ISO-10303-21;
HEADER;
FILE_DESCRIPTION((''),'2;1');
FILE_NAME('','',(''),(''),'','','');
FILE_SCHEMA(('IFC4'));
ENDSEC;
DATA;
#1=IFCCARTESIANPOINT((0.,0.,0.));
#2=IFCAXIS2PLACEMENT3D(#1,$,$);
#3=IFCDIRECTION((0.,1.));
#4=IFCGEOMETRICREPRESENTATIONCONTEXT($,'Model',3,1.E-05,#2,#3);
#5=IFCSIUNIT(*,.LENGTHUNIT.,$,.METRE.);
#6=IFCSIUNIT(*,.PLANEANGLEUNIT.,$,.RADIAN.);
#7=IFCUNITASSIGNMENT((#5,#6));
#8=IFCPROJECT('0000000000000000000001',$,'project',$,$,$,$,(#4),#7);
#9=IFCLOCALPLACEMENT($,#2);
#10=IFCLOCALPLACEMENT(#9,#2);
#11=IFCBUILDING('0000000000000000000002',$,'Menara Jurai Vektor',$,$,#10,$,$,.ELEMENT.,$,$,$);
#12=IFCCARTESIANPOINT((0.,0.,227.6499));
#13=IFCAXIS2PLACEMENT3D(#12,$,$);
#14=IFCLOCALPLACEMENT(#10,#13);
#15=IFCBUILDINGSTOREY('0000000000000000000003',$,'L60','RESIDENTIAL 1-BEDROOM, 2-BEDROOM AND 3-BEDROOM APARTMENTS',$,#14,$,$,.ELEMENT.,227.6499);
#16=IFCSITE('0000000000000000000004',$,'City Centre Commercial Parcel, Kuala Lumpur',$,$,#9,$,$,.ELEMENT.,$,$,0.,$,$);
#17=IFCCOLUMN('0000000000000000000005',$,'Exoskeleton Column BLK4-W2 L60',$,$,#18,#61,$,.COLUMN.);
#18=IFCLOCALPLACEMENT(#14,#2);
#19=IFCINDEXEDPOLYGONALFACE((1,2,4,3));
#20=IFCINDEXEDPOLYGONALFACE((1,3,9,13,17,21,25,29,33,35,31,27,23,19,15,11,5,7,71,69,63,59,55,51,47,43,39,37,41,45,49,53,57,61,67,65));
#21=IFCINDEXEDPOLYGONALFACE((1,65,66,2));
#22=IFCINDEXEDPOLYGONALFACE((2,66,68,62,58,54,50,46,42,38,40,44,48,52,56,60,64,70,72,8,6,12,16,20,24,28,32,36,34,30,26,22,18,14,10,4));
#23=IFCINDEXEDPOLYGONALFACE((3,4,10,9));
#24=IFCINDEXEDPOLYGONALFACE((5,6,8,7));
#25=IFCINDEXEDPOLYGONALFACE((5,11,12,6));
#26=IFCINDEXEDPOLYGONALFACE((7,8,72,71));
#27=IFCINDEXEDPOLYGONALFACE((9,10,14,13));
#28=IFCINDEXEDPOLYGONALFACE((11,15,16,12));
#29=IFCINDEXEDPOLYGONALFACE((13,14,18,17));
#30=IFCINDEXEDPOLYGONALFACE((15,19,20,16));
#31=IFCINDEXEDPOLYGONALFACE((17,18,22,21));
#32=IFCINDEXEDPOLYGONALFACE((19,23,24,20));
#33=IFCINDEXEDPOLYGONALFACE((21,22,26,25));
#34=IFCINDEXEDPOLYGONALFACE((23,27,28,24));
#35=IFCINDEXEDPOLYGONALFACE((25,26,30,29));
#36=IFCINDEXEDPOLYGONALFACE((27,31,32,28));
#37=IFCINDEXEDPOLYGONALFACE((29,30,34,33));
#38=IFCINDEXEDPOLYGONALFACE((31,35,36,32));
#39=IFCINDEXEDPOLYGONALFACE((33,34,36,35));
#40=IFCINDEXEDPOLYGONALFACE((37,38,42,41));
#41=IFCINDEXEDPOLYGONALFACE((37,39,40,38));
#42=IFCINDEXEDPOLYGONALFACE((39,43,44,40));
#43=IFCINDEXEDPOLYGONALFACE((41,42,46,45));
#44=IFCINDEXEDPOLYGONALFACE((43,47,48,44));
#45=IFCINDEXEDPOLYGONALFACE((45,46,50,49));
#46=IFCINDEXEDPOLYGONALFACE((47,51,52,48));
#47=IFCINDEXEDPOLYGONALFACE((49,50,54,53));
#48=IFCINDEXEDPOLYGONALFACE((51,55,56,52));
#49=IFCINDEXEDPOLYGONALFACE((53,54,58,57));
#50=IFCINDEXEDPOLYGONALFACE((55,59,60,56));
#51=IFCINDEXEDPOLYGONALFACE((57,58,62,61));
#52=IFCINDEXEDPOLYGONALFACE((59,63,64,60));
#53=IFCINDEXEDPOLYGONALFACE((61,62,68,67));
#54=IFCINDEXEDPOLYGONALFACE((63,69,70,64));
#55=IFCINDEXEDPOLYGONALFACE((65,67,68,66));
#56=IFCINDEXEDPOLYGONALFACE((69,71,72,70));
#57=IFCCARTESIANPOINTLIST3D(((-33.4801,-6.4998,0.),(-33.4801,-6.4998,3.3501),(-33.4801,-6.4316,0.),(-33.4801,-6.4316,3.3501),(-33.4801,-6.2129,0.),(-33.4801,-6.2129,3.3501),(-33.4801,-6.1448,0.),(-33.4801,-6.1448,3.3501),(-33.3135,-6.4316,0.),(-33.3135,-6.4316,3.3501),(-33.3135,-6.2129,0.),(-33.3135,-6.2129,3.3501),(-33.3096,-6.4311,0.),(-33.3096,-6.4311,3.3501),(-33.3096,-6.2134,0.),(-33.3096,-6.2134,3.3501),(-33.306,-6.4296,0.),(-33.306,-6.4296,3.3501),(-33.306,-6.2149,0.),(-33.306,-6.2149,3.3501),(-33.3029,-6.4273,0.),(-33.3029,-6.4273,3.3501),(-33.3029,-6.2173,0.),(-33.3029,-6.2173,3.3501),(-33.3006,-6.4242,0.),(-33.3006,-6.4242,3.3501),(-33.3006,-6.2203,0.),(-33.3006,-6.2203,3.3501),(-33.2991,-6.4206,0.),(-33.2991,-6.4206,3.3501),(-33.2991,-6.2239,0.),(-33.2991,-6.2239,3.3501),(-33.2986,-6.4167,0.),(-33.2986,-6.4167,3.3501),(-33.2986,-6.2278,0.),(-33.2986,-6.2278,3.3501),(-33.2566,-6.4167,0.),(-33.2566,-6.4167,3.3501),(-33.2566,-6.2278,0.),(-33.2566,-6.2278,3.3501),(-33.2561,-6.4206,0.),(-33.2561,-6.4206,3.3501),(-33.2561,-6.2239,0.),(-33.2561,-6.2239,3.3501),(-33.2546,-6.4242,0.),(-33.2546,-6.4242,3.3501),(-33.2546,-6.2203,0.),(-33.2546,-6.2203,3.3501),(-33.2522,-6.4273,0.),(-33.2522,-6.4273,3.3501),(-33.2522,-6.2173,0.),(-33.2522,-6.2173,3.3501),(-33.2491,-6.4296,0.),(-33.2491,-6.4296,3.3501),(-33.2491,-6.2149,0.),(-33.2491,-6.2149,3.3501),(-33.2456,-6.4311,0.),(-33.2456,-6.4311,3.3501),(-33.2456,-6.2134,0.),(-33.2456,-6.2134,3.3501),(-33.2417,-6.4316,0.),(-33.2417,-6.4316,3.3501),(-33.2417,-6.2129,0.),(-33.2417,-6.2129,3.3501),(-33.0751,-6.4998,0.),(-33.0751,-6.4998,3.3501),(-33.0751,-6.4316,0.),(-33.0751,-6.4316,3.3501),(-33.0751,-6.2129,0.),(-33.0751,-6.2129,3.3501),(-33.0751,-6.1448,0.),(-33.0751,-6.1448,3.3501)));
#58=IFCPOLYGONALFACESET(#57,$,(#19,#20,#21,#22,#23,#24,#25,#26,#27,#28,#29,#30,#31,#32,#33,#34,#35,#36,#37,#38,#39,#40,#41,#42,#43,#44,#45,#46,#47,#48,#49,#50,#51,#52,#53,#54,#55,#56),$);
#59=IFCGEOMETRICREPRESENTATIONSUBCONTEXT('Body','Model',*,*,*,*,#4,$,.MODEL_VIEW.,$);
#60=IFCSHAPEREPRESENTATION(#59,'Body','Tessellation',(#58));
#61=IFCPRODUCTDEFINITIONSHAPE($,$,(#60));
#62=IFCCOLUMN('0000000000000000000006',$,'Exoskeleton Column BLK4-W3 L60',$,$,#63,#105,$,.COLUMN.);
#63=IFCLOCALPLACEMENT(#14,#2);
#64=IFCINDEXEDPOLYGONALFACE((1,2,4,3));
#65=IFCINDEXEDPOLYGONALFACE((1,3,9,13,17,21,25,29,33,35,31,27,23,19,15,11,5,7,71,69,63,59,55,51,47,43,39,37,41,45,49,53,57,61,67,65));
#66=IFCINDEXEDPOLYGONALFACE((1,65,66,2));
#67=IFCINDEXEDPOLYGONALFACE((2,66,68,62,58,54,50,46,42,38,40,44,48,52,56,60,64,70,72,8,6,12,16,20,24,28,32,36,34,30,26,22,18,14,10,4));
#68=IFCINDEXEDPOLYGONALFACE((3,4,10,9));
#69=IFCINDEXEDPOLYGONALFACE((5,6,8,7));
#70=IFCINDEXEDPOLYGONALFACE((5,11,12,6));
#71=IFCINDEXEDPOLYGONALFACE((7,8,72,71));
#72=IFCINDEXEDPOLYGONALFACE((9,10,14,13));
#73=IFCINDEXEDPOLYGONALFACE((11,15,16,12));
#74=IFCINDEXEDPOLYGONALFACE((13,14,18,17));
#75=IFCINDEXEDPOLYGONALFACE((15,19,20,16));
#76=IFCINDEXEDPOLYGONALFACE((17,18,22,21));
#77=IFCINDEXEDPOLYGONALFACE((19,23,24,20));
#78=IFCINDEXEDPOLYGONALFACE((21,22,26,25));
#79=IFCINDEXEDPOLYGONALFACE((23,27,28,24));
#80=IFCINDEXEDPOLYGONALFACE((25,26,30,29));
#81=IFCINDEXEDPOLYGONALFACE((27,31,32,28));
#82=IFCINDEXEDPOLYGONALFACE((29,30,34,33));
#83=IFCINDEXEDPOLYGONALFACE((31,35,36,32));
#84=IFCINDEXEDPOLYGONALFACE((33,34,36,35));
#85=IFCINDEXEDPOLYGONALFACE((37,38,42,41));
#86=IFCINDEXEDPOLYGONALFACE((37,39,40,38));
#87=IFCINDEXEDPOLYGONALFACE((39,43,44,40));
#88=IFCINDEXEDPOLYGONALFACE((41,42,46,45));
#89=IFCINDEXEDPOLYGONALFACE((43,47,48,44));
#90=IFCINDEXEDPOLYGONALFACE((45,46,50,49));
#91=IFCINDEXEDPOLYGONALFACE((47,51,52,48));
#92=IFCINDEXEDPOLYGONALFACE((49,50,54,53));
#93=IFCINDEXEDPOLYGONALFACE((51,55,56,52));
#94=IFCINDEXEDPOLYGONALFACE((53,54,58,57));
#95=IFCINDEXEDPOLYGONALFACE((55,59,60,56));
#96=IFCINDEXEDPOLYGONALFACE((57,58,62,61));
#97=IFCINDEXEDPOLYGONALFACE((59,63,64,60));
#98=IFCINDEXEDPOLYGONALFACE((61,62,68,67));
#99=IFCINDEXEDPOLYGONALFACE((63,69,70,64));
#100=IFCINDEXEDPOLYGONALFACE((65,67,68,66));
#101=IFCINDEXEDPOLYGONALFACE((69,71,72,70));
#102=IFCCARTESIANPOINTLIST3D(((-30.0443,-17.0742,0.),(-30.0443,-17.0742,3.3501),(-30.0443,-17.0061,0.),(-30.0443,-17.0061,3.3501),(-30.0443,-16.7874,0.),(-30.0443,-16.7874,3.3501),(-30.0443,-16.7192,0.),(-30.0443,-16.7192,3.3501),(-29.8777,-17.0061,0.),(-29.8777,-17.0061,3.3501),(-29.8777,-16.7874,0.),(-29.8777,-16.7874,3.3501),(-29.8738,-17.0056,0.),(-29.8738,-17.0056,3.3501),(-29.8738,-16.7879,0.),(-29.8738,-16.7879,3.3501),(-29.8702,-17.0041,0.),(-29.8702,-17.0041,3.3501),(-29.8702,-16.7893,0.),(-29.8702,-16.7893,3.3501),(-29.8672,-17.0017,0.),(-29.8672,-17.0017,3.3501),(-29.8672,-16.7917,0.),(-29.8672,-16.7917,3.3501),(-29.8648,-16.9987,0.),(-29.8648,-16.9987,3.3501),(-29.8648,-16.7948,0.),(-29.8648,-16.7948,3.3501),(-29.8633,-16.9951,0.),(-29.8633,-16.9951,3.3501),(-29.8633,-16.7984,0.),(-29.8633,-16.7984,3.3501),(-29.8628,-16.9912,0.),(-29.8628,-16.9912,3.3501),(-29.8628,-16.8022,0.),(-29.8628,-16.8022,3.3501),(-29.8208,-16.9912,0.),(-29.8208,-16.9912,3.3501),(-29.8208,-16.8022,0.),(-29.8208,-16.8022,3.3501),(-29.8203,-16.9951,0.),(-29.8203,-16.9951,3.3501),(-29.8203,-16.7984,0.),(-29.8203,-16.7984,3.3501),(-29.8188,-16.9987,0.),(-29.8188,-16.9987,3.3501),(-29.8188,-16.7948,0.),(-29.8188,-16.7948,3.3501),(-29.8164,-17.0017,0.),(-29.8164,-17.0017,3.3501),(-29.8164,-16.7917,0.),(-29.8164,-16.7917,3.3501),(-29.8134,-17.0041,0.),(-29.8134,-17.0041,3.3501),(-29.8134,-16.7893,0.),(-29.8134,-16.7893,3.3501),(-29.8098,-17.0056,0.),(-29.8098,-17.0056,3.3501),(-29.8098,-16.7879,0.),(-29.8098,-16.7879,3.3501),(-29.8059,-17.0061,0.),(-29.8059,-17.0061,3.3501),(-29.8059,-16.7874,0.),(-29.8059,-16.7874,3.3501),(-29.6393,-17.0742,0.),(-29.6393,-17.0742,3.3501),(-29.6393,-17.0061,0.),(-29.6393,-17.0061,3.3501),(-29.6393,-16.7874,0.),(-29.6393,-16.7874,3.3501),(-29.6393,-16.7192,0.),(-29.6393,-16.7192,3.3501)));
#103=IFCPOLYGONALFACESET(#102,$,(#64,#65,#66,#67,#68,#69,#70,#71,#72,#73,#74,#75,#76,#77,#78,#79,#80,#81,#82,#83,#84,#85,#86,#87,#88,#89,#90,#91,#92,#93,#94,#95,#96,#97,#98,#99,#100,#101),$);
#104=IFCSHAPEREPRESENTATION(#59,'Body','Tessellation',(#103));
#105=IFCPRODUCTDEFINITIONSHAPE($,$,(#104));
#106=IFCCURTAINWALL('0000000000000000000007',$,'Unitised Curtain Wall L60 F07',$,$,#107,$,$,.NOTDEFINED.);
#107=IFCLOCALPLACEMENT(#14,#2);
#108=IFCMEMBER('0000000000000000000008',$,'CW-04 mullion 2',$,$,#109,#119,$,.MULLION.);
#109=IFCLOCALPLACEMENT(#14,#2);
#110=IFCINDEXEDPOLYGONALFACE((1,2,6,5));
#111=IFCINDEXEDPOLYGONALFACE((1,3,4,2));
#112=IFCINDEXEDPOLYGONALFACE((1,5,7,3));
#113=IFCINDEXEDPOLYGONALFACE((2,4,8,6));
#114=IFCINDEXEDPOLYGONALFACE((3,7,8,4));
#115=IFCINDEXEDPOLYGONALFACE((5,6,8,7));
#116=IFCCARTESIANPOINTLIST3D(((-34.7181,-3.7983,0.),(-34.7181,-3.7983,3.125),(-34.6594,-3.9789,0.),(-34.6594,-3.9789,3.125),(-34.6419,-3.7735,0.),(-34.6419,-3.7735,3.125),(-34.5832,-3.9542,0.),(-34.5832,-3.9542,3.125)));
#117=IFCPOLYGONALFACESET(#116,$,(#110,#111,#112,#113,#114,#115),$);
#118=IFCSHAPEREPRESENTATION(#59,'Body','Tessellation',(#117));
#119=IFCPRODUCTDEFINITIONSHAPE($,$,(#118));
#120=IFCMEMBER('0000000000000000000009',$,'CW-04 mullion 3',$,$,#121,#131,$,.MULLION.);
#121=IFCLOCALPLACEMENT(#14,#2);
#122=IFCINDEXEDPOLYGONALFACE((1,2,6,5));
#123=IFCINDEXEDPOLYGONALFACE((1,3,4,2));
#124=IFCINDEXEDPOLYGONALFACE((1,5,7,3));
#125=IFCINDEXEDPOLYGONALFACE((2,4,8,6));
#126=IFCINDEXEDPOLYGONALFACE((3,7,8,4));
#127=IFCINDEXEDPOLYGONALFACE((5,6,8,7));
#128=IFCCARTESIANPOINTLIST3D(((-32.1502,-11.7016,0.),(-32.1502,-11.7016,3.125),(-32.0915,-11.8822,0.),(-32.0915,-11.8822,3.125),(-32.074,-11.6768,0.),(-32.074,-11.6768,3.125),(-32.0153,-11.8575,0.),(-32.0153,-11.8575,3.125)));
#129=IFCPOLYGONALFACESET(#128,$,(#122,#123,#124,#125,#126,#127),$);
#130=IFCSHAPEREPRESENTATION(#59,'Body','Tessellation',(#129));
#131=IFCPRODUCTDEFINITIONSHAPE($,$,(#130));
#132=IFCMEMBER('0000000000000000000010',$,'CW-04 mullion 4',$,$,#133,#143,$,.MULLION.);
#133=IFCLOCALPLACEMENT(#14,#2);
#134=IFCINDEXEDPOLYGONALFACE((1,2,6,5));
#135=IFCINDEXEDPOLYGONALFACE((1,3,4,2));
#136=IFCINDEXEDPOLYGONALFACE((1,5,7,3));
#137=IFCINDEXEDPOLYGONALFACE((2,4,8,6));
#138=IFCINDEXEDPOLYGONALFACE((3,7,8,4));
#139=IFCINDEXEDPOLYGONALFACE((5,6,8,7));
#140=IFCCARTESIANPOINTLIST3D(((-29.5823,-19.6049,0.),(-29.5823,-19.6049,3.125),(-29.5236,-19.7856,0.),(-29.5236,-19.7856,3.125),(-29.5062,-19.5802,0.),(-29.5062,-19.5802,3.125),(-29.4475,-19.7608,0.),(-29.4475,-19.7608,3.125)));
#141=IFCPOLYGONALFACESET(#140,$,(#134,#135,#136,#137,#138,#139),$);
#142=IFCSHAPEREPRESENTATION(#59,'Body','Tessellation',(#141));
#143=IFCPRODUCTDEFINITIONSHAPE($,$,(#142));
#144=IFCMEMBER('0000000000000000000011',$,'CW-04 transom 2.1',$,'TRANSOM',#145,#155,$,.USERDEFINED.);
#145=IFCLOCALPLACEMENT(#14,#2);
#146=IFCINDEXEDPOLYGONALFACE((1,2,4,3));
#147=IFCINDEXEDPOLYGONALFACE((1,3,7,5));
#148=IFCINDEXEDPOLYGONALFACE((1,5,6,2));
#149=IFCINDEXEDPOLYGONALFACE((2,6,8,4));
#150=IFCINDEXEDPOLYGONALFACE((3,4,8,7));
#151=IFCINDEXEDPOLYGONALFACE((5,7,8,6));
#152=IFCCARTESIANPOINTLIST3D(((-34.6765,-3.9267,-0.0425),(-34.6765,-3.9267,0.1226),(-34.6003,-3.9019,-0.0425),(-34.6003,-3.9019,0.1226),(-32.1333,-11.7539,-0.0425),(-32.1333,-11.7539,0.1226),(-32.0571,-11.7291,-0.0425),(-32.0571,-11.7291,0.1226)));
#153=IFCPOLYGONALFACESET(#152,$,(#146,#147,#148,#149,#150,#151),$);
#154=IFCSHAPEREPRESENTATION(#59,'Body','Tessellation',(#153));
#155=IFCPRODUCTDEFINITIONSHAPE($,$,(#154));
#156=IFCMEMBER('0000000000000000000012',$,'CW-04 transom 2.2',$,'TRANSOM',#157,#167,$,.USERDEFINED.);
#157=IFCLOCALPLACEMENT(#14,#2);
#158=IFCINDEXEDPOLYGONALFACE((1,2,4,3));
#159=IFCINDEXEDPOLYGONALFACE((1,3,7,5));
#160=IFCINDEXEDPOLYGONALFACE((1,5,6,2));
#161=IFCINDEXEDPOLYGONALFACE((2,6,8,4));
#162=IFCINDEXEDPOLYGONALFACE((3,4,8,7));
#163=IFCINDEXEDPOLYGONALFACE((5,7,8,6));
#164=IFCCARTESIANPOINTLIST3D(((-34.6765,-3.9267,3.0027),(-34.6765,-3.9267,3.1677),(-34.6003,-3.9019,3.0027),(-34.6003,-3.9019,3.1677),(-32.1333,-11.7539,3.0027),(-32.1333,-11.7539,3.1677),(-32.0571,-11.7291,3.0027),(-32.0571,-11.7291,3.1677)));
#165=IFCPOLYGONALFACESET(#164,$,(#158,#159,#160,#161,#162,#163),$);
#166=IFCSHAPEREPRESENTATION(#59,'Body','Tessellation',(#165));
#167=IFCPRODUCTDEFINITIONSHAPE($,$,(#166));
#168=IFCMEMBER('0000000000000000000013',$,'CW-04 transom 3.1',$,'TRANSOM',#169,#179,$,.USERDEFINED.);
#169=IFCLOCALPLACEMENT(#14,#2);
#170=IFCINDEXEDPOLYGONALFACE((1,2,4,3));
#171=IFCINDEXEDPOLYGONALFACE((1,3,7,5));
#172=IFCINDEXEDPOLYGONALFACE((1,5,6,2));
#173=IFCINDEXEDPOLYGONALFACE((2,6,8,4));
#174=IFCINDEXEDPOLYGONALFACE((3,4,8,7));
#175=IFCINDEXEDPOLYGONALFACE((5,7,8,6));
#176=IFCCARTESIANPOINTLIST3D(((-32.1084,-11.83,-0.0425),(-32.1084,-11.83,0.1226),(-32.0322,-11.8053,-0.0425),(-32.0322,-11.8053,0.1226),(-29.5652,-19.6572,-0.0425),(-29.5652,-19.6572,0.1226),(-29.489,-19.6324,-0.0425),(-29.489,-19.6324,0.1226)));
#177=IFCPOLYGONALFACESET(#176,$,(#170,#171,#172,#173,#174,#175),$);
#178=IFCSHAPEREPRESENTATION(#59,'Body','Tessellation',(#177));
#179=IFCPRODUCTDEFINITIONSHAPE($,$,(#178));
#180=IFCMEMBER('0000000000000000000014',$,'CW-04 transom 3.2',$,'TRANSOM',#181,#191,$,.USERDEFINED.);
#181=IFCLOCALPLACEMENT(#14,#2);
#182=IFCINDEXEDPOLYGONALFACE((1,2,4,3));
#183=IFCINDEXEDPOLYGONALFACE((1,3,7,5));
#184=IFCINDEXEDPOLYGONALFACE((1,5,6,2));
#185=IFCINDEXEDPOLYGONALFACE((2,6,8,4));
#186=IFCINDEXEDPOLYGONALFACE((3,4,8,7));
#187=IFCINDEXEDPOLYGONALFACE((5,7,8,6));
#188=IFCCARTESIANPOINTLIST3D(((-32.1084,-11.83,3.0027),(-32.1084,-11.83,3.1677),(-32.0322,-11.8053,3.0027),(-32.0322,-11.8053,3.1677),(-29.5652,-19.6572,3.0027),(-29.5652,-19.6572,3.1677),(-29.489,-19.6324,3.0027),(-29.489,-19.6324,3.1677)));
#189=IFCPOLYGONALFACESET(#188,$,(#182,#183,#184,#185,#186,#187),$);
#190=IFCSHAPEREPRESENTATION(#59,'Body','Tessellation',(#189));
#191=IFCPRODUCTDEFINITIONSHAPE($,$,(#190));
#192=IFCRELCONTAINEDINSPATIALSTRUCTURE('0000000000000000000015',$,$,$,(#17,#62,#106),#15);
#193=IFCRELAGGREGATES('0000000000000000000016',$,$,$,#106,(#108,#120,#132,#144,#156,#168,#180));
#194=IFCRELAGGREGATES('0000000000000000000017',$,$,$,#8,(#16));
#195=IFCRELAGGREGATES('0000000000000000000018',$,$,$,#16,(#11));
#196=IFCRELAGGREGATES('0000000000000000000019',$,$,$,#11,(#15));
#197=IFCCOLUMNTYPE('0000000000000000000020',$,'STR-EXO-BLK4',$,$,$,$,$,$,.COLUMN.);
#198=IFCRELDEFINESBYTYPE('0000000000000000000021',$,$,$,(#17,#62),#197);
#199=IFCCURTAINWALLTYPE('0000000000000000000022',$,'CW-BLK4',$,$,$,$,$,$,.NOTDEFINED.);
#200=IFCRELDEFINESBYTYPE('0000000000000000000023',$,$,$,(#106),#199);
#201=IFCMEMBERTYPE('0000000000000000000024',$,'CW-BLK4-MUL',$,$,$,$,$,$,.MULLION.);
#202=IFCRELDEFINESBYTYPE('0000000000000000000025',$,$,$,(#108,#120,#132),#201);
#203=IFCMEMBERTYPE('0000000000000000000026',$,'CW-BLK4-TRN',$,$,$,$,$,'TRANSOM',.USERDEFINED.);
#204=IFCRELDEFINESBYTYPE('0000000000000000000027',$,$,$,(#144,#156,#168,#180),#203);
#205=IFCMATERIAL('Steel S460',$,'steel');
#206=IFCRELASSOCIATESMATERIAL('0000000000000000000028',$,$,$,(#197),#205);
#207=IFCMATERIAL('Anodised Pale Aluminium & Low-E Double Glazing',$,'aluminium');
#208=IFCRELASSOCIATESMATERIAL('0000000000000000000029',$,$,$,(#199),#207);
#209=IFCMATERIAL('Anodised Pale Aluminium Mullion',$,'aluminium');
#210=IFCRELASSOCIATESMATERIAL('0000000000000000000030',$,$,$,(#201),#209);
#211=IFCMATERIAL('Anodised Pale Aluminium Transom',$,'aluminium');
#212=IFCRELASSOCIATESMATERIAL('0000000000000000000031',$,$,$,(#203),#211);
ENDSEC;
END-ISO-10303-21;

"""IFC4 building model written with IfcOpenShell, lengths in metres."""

from ifc_helpers import new_model, si_unit, direction, frame, origin, origin_2d, place, context, subcontext, project, spatial, rectangle, i_section, extrude, material, material_profile, profile_set, type_object, element, aggregate, save


model = new_model("IFC4")

# Units and contexts
model_context = context("Model", 3, precision=1e-05, world=origin(), true_north=direction((0.0, 1.0)))
body_context = subcontext(model_context, "Body", "Model", "MODEL_VIEW")
ifc_project = project(units=[si_unit("LENGTHUNIT", "METRE"), si_unit("PLANEANGLEUNIT", "RADIAN")], contexts=[model_context])

# Site, building, storey
site_placement = place(None, origin())
site = spatial("IfcSite", under=ifc_project, at=site_placement, Name="City Centre Commercial Parcel, Kuala Lumpur", CompositionType="ELEMENT", RefElevation=0.0)
building_placement = place(site_placement, origin())
building = spatial("IfcBuilding", under=site, at=building_placement, Name="Menara Jurai Vektor", CompositionType="ELEMENT")
storey_placement = place(building_placement, frame((0.0, 0.0, 227.6499)))
storey = spatial("IfcBuildingStorey", under=building, at=storey_placement, Name="L60", Description="RESIDENTIAL 1-BEDROOM, 2-BEDROOM AND 3-BEDROOM APARTMENTS", CompositionType="ELEMENT", Elevation=227.6499)

# Columns
ifc_material_1 = material(Name="Steel S460", Category="steel")
ifc_material_profile_1 = material_profile(ifc_material_1, i_section(OverallWidth=0.405, OverallDepth=0.355, WebThickness=0.042, FlangeThickness=0.0681, FilletRadius=0.0149, at=origin_2d()), Name="HD 400x551")
ifc_profile_set_1 = profile_set([ifc_material_profile_1], Name="Steel S460")
column_type = type_object("IfcColumnType", Name="STR-EXO-BLK4", PredefinedType="COLUMN", material=ifc_profile_set_1)
for number, where, z_axis, x_axis, name in (
    (1, (-33.2776, -6.3223, 0.0), (0.0, 0.0, 1.0), (1.0, 0.0, 0.0), "Exoskeleton Column BLK4-W2 L60"),
    (2, (-29.8418, -16.8967, 0.0), (0.0, 0.0, 1.0), (1.0, 0.0, 0.0), "Exoskeleton Column BLK4-W3 L60"),
):
    element("IfcColumn", number, at=place(storey_placement, frame(where, z_axis=z_axis, x_axis=x_axis)), inside=storey, type_object=column_type, Name=name, PredefinedType="COLUMN", context=body_context, shape_type="SweptSolid", body=[
        extrude(i_section(OverallWidth=0.405, OverallDepth=0.355, WebThickness=0.042, FlangeThickness=0.0681, FilletRadius=0.0149, at=origin_2d()), origin(), (0.0, 0.0, 1.0), 3.3501),
    ])

# Curtain wall, members
ifc_material_2 = material(Name="Anodised Pale Aluminium & Low-E Double Glazing", Category="aluminium")
curtain_wall_type = type_object("IfcCurtainWallType", Name="CW-BLK4", PredefinedType="NOTDEFINED", material=ifc_material_2)
curtain_wall_placement = place(storey_placement, origin())
curtain_wall = element("IfcCurtainWall", 3, at=curtain_wall_placement, inside=storey, type_object=curtain_wall_type, Name="Unitised Curtain Wall L60 F07", PredefinedType="NOTDEFINED")
ifc_material_3 = material(Name="Anodised Pale Aluminium Mullion", Category="aluminium")
ifc_material_profile_2 = material_profile(ifc_material_3, rectangle(XDim=0.0801, YDim=0.1899, at=origin_2d()), Name="ALU MUL 80x190")
ifc_profile_set_2 = profile_set([ifc_material_profile_2], Name="Anodised Pale Aluminium Mullion")
member_type_1 = type_object("IfcMemberType", Name="CW-BLK4-MUL", PredefinedType="MULLION", material=ifc_profile_set_2)
member_1_placement = place(storey_placement, frame((-34.6506, -3.8762, 0.0), z_axis=(0.0, 0.0, 1.0), x_axis=(0.951057, 0.309016, 0.0)))
member_1 = element("IfcMember", 4, at=member_1_placement, type_object=member_type_1, Name="CW-04 mullion 2", PredefinedType="MULLION", context=body_context, shape_type="SweptSolid", body=[
    extrude(rectangle(XDim=0.0801, YDim=0.1899, at=origin_2d()), origin(), (0.0, 0.0, 1.0), 3.125),
])
member_2_placement = place(storey_placement, frame((-32.0828, -11.7795, 0.0), z_axis=(0.0, 0.0, 1.0), x_axis=(0.951057, 0.309016, 0.0)))
member_2 = element("IfcMember", 5, at=member_2_placement, type_object=member_type_1, Name="CW-04 mullion 3", PredefinedType="MULLION", context=body_context, shape_type="SweptSolid", body=[
    extrude(rectangle(XDim=0.0801, YDim=0.1899, at=origin_2d()), origin(), (0.0, 0.0, 1.0), 3.125),
])
member_3_placement = place(storey_placement, frame((-29.5149, -19.6829, 0.0), z_axis=(0.0, 0.0, 1.0), x_axis=(0.951057, 0.309016, 0.0)))
member_3 = element("IfcMember", 6, at=member_3_placement, type_object=member_type_1, Name="CW-04 mullion 4", PredefinedType="MULLION", context=body_context, shape_type="SweptSolid", body=[
    extrude(rectangle(XDim=0.0801, YDim=0.1899, at=origin_2d()), origin(), (0.0, 0.0, 1.0), 3.125),
])
ifc_material_4 = material(Name="Anodised Pale Aluminium Transom", Category="aluminium")
ifc_material_profile_3 = material_profile(ifc_material_4, rectangle(XDim=0.0801, YDim=0.165, at=origin_2d()), Name="ALU TRN 80x165")
ifc_profile_set_3 = profile_set([ifc_material_profile_3], Name="Anodised Pale Aluminium Transom")
member_type_2 = type_object("IfcMemberType", Name="CW-BLK4-TRN", ElementType="TRANSOM", PredefinedType="USERDEFINED", material=ifc_profile_set_3)
member_4_placement = place(storey_placement, frame((-34.6384, -3.9143, 0.04), z_axis=(0.309019, -0.951056, 0.0), x_axis=(0.951056, 0.309019, 0.0)))
member_4 = element("IfcMember", 7, at=member_4_placement, type_object=member_type_2, Name="CW-04 transom 2.1", ObjectType="TRANSOM", PredefinedType="USERDEFINED", context=body_context, shape_type="SweptSolid", body=[
    extrude(rectangle(XDim=0.0801, YDim=0.165, at=origin_2d()), origin(), (0.0, 0.0, 1.0), 8.23),
])
member_5_placement = place(storey_placement, frame((-34.6384, -3.9143, 3.0852), z_axis=(0.309019, -0.951056, 0.0), x_axis=(0.951056, 0.309019, 0.0)))
member_5 = element("IfcMember", 8, at=member_5_placement, type_object=member_type_2, Name="CW-04 transom 2.2", ObjectType="TRANSOM", PredefinedType="USERDEFINED", context=body_context, shape_type="SweptSolid", body=[
    extrude(rectangle(XDim=0.0801, YDim=0.165, at=origin_2d()), origin(), (0.0, 0.0, 1.0), 8.23),
])
member_6_placement = place(storey_placement, frame((-32.0703, -11.8176, 0.04), z_axis=(0.309019, -0.951056, 0.0), x_axis=(0.951056, 0.309019, 0.0)))
member_6 = element("IfcMember", 9, at=member_6_placement, type_object=member_type_2, Name="CW-04 transom 3.1", ObjectType="TRANSOM", PredefinedType="USERDEFINED", context=body_context, shape_type="SweptSolid", body=[
    extrude(rectangle(XDim=0.0801, YDim=0.165, at=origin_2d()), origin(), (0.0, 0.0, 1.0), 8.23),
])
member_7_placement = place(storey_placement, frame((-32.0703, -11.8176, 3.0852), z_axis=(0.309019, -0.951056, 0.0), x_axis=(0.951056, 0.309019, 0.0)))
member_7 = element("IfcMember", 10, at=member_7_placement, type_object=member_type_2, Name="CW-04 transom 3.2", ObjectType="TRANSOM", PredefinedType="USERDEFINED", context=body_context, shape_type="SweptSolid", body=[
    extrude(rectangle(XDim=0.0801, YDim=0.165, at=origin_2d()), origin(), (0.0, 0.0, 1.0), 8.23),
])

aggregate(curtain_wall, [member_1, member_2, member_3, member_4, member_5, member_6, member_7])

save(model, "model.ifc")
